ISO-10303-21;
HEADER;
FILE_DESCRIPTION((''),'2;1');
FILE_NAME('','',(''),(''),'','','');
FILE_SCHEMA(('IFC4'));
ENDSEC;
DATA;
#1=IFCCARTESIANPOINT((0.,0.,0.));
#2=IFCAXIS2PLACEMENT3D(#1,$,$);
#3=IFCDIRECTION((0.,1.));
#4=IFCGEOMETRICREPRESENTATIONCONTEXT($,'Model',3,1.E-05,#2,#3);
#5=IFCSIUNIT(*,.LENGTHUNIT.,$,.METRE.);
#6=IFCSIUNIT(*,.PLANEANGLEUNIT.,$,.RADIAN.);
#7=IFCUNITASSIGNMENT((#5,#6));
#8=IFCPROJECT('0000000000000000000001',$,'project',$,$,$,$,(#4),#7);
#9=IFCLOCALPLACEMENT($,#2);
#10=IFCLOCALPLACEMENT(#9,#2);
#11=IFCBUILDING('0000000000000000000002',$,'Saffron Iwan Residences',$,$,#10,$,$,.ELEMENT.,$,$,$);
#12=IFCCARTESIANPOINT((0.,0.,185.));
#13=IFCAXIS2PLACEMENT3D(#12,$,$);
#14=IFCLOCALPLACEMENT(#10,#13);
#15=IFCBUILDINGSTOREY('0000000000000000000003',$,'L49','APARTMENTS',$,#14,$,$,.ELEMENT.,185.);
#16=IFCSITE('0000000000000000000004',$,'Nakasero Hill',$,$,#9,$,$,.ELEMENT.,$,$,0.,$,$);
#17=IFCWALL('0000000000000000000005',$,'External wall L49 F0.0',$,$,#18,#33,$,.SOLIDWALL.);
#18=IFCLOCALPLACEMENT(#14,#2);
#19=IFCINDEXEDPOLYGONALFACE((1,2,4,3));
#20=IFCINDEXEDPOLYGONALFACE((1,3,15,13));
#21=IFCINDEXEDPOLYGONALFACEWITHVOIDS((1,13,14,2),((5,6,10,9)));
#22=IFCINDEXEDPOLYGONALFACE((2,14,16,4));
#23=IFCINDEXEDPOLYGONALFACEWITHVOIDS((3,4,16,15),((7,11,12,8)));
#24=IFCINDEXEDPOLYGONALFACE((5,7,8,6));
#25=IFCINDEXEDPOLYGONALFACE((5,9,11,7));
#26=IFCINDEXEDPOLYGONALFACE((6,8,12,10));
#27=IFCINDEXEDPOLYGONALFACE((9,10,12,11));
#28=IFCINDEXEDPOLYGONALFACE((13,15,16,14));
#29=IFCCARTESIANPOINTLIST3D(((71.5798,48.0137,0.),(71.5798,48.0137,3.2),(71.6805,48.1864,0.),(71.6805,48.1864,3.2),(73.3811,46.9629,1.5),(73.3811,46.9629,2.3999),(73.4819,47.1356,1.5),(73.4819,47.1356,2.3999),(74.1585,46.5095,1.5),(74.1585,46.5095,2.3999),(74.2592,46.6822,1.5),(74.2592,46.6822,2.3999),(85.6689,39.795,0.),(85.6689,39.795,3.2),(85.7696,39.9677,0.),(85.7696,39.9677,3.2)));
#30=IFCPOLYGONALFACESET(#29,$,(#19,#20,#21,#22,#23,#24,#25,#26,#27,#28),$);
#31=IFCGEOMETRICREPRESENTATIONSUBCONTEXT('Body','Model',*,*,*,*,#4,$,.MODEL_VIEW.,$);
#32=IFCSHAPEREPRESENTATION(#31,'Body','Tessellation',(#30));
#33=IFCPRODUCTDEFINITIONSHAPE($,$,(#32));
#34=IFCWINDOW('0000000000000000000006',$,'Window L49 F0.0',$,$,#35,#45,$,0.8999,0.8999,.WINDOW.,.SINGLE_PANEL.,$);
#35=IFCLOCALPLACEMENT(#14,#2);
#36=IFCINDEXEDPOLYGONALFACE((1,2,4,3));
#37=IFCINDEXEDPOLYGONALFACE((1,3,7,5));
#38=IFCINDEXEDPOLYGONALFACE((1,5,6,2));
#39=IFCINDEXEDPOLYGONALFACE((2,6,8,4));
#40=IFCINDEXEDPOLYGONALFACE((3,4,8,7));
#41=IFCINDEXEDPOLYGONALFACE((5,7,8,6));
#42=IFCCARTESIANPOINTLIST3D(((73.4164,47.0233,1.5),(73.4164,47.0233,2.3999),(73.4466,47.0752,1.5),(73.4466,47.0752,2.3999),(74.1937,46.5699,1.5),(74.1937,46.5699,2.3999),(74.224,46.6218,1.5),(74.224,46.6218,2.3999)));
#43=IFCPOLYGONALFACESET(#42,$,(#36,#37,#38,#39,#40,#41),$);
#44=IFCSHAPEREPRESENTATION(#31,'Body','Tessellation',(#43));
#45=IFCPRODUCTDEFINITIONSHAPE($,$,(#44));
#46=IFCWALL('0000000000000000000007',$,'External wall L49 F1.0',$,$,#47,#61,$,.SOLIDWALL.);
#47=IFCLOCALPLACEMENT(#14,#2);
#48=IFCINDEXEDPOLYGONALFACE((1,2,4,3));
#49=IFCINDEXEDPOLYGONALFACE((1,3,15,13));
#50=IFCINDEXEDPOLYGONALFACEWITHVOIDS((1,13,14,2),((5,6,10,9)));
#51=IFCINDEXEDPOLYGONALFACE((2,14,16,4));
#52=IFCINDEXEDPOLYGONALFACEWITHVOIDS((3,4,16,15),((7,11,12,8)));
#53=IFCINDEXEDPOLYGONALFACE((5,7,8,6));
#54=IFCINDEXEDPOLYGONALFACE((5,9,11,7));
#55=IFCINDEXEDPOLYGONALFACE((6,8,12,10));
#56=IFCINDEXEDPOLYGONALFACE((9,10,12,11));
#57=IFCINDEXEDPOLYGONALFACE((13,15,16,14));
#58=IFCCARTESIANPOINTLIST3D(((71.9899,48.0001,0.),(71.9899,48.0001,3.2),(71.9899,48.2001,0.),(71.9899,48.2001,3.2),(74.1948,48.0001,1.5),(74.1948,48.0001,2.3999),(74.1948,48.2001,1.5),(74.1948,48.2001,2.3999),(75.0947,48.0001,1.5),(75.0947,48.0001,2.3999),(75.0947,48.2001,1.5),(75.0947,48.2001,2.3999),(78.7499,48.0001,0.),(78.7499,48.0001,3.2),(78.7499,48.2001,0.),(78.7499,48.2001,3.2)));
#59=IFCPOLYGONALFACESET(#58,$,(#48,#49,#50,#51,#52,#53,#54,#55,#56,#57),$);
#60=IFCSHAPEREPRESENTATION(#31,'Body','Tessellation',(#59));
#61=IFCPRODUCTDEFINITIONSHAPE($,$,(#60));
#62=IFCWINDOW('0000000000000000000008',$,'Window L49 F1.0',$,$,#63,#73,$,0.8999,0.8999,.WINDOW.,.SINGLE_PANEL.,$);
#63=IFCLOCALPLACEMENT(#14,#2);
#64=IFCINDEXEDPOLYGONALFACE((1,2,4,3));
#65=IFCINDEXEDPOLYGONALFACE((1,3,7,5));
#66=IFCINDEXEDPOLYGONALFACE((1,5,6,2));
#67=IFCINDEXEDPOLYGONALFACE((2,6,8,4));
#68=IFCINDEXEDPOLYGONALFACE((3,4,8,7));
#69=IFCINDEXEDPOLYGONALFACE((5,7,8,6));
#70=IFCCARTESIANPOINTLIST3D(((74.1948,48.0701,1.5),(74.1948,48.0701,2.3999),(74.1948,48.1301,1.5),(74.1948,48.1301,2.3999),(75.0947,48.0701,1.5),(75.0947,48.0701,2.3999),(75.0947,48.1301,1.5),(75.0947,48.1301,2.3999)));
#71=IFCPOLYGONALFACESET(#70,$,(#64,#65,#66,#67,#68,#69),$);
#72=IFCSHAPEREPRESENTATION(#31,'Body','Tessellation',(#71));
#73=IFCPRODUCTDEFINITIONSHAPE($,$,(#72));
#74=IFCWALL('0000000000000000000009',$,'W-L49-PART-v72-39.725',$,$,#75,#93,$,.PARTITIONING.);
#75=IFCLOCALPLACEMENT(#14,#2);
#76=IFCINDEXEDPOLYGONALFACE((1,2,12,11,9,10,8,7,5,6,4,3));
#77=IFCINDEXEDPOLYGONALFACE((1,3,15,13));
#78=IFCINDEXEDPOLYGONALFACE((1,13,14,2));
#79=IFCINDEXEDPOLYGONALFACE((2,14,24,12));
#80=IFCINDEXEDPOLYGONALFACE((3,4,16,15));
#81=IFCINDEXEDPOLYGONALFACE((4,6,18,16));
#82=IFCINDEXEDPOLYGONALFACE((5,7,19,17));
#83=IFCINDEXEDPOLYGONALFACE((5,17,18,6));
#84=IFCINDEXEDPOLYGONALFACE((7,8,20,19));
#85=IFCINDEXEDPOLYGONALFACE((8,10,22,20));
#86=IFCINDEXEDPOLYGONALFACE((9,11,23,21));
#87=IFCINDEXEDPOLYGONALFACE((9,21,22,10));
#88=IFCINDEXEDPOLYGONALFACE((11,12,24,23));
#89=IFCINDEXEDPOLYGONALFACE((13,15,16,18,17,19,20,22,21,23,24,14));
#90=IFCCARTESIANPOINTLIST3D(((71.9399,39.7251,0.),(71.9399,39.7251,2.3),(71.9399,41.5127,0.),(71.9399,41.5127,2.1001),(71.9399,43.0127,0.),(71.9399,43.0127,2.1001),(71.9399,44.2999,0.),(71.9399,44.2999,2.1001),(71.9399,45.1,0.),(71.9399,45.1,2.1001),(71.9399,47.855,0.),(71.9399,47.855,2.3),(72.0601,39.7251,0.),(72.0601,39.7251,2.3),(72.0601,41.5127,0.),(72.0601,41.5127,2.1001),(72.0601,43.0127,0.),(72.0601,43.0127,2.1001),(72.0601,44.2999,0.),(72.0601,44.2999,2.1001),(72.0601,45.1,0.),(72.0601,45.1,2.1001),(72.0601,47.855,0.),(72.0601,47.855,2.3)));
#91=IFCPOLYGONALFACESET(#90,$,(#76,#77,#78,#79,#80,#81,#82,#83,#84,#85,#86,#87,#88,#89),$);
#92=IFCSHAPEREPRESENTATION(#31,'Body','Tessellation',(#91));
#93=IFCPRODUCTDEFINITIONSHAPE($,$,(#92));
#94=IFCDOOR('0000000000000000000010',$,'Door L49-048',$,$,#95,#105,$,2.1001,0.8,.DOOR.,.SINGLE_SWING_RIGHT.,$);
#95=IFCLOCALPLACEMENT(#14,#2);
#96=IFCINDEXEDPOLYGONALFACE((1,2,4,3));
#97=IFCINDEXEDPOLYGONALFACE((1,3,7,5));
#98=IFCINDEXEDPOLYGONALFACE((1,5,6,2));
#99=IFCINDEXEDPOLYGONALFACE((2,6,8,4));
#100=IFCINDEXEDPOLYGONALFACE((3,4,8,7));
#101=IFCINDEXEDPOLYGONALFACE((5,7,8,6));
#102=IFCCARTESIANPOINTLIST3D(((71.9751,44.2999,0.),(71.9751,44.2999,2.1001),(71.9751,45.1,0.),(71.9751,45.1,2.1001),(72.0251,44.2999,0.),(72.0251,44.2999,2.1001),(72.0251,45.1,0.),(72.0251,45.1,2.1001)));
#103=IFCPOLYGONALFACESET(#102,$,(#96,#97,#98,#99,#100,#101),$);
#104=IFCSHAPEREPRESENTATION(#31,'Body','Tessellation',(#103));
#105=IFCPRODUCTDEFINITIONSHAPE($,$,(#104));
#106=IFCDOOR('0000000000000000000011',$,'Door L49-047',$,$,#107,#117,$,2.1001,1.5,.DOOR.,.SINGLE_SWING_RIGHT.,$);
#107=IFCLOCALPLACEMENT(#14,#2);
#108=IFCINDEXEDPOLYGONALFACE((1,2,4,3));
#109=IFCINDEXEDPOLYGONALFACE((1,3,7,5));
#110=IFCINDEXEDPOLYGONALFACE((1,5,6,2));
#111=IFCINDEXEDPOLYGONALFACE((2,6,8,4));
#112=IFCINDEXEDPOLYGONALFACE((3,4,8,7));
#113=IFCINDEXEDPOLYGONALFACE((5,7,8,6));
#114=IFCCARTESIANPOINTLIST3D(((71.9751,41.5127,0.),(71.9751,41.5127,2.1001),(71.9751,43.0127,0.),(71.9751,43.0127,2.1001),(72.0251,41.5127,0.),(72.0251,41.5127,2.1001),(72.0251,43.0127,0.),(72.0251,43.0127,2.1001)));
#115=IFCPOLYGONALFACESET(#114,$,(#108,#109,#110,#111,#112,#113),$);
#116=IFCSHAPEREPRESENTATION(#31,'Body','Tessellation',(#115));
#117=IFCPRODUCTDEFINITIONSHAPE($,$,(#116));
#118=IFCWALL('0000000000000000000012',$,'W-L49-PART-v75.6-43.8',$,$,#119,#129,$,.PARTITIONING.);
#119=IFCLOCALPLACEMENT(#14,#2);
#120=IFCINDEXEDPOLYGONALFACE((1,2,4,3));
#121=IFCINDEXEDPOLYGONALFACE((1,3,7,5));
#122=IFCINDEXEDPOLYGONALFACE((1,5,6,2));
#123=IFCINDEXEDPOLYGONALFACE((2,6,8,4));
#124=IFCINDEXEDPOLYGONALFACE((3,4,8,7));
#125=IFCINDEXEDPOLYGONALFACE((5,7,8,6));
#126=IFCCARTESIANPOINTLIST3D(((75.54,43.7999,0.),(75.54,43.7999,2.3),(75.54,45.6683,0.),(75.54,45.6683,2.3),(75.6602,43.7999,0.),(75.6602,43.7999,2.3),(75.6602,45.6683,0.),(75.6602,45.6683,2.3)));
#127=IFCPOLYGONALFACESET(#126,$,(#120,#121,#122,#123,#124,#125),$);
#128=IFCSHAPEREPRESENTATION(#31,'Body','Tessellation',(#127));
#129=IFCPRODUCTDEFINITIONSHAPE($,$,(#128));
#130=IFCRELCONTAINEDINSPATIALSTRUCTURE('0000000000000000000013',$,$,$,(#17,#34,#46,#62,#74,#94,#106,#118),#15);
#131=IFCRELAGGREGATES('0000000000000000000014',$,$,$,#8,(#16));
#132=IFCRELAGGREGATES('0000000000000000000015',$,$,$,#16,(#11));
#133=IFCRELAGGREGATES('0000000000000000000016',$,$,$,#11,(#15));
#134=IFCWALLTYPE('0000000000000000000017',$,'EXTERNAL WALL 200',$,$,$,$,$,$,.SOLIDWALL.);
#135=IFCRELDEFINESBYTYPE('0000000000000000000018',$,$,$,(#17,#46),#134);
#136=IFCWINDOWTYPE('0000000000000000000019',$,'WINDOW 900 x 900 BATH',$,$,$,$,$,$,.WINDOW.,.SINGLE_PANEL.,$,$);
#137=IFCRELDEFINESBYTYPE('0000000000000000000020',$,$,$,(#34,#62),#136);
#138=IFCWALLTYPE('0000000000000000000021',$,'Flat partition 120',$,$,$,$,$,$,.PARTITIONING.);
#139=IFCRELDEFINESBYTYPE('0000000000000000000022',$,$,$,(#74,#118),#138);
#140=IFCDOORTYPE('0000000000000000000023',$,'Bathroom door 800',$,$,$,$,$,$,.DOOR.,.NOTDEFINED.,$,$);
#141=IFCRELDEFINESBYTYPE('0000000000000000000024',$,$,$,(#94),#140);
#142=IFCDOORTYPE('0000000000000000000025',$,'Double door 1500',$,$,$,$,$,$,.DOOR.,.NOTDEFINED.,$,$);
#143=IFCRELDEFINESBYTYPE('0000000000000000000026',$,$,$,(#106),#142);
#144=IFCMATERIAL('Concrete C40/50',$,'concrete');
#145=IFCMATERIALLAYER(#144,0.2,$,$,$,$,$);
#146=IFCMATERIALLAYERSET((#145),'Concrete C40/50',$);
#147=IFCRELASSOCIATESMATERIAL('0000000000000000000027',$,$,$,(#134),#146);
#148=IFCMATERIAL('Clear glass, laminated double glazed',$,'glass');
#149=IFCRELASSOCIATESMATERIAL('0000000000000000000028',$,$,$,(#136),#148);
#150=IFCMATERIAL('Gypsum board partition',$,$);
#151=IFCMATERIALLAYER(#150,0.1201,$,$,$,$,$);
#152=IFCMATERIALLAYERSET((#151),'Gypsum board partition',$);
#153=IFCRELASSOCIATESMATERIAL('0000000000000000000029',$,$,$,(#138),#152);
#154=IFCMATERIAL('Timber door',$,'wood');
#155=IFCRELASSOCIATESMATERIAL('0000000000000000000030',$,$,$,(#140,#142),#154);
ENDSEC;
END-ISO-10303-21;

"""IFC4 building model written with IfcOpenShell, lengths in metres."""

from ifc_helpers import new_model, si_unit, direction, frame, frame_2d, origin, place, context, subcontext, project, spatial, rectangle, extrude, material, layer, layer_set, type_object, element, fill, save


model = new_model("IFC4")

# Units and contexts
model_context = context("Model", 3, precision=1e-05, world=origin(), true_north=direction((0.0, 1.0)))
body_context = subcontext(model_context, "Body", "Model", "MODEL_VIEW")
ifc_project = project(units=[si_unit("LENGTHUNIT", "METRE"), si_unit("PLANEANGLEUNIT", "RADIAN")], contexts=[model_context])

# Site, building, storey
site_placement = place(None, origin())
site = spatial("IfcSite", under=ifc_project, at=site_placement, Name="Nakasero Hill", CompositionType="ELEMENT", RefElevation=0.0)
building_placement = place(site_placement, origin())
building = spatial("IfcBuilding", under=site, at=building_placement, Name="Saffron Iwan Residences", CompositionType="ELEMENT")
storey_placement = place(building_placement, frame((0.0, 0.0, 185.0)))
storey = spatial("IfcBuildingStorey", under=building, at=storey_placement, Name="L49", Description="APARTMENTS", CompositionType="ELEMENT", Elevation=185.0)

# Walls, openings, windows
ifc_material_1 = material(Name="Concrete C40/50", Category="concrete")
ifc_layer_1 = layer(ifc_material_1, 0.2)
ifc_layer_set_1 = layer_set([ifc_layer_1], Name="Concrete C40/50")
wall_type_1 = type_object("IfcWallType", Name="EXTERNAL WALL 200", PredefinedType="SOLIDWALL", material=ifc_layer_set_1)
wall_1_placement = place(storey_placement, frame((85.7192, 39.8813, 0.0), z_axis=(0.0, 0.0, 1.0), x_axis=(-0.863776, 0.503876, 0.0)))
wall_1 = element("IfcWall", 1, at=wall_1_placement, inside=storey, type_object=wall_type_1, Name="External wall L49 F0.0", PredefinedType="SOLIDWALL", context=body_context, shape_type="SweptSolid", body=[
    extrude(rectangle(XDim=16.311, YDim=0.2, at=frame_2d((8.1555, 0.0))), origin(), (0.0, 0.0, 1.0), 3.2),
])
opening_1_placement = place(wall_1_placement, frame((13.3257, 0.0, 1.5)))
opening_1 = element("IfcOpeningElement", 2, at=opening_1_placement, cuts=wall_1, PredefinedType="OPENING", context=body_context, shape_type="SweptSolid", body=[
    extrude(rectangle(XDim=0.8999, YDim=0.8999, at=frame_2d((0.45, 0.45))), frame((0.0, 0.1099, 0.0), z_axis=(0.0, -1.0, 0.0), x_axis=(1.0, 0.0, 0.0)), (0.0, 0.0, 1.0), 0.22),
])
ifc_material_2 = material(Name="Clear glass, laminated double glazed", Category="glass")
window_type = type_object("IfcWindowType", Name="WINDOW 900 x 900 BATH", PartitioningType="SINGLE_PANEL", PredefinedType="WINDOW", material=ifc_material_2)
window_1_placement = place(opening_1_placement, origin())
window_1 = element("IfcWindow", 3, at=window_1_placement, inside=storey, type_object=window_type, Name="Window L49 F0.0", OverallHeight=0.8999, OverallWidth=0.8999, PartitioningType="SINGLE_PANEL", PredefinedType="WINDOW", context=body_context, shape_type="SweptSolid", body=[
    extrude(rectangle(XDim=0.8999, YDim=0.8999, at=frame_2d((0.45, 0.45))), frame((0.0, 0.03, 0.0), z_axis=(0.0, -1.0, 0.0), x_axis=(1.0, 0.0, 0.0)), (0.0, 0.0, 1.0), 0.0601),
])
fill(opening_1, window_1)
wall_2_placement = place(storey_placement, frame((71.99, 48.1001, 0.0), z_axis=(0.0, 0.0, 1.0), x_axis=(1.0, 0.0, 0.0)))
wall_2 = element("IfcWall", 4, at=wall_2_placement, inside=storey, type_object=wall_type_1, Name="External wall L49 F1.0", PredefinedType="SOLIDWALL", context=body_context, shape_type="SweptSolid", body=[
    extrude(rectangle(XDim=6.76, YDim=0.2, at=frame_2d((3.3799, 0.0))), origin(), (0.0, 0.0, 1.0), 3.2),
])
opening_2_placement = place(wall_2_placement, frame((2.2048, 0.0, 1.5)))
opening_2 = element("IfcOpeningElement", 5, at=opening_2_placement, cuts=wall_2, PredefinedType="OPENING", context=body_context, shape_type="SweptSolid", body=[
    extrude(rectangle(XDim=0.8999, YDim=0.8999, at=frame_2d((0.45, 0.45))), frame((0.0, 0.1099, 0.0), z_axis=(0.0, -1.0, 0.0), x_axis=(1.0, 0.0, 0.0)), (0.0, 0.0, 1.0), 0.22),
])
window_2_placement = place(opening_2_placement, origin())
window_2 = element("IfcWindow", 6, at=window_2_placement, inside=storey, type_object=window_type, Name="Window L49 F1.0", OverallHeight=0.8999, OverallWidth=0.8999, PartitioningType="SINGLE_PANEL", PredefinedType="WINDOW", context=body_context, shape_type="SweptSolid", body=[
    extrude(rectangle(XDim=0.8999, YDim=0.8999, at=frame_2d((0.45, 0.45))), frame((0.0, 0.03, 0.0), z_axis=(0.0, -1.0, 0.0), x_axis=(1.0, 0.0, 0.0)), (0.0, 0.0, 1.0), 0.0601),
])
fill(opening_2, window_2)

# Wall, openings, doors
ifc_material_3 = material(Name="Gypsum board partition")
ifc_layer_2 = layer(ifc_material_3, 0.1201)
ifc_layer_set_2 = layer_set([ifc_layer_2], Name="Gypsum board partition")
wall_type_2 = type_object("IfcWallType", Name="Flat partition 120", PredefinedType="PARTITIONING", material=ifc_layer_set_2)
wall_3_placement = place(storey_placement, frame((72.0, 39.7251, 0.0), z_axis=(0.0, 0.0, 1.0), x_axis=(0.0, 1.0, 0.0)))
wall_3 = element("IfcWall", 7, at=wall_3_placement, inside=storey, type_object=wall_type_2, Name="W-L49-PART-v72-39.725", PredefinedType="PARTITIONING", context=body_context, shape_type="SweptSolid", body=[
    extrude(rectangle(XDim=8.1299, YDim=0.1201, at=frame_2d((4.0649, 0.0))), origin(), (0.0, 0.0, 1.0), 2.3),
])
opening_3_placement = place(wall_3_placement, frame((1.7876, 0.0, 0.0)))
opening_3 = element("IfcOpeningElement", 8, at=opening_3_placement, cuts=wall_3, PredefinedType="OPENING", context=body_context, shape_type="SweptSolid", body=[
    extrude(rectangle(XDim=1.5, YDim=2.1001, at=frame_2d((0.75, 1.05))), frame((0.0, 0.0701, 0.0), z_axis=(0.0, -1.0, 0.0), x_axis=(1.0, 0.0, 0.0)), (0.0, 0.0, 1.0), 0.1401),
])
opening_4_placement = place(wall_3_placement, frame((4.575, 0.0, 0.0)))
opening_4 = element("IfcOpeningElement", 9, at=opening_4_placement, cuts=wall_3, PredefinedType="OPENING", context=body_context, shape_type="SweptSolid", body=[
    extrude(rectangle(XDim=0.8, YDim=2.1001, at=frame_2d((0.3999, 1.05))), frame((0.0, 0.0701, 0.0), z_axis=(0.0, -1.0, 0.0), x_axis=(1.0, 0.0, 0.0)), (0.0, 0.0, 1.0), 0.1401),
])
ifc_material_4 = material(Name="Timber door", Category="wood")
door_type_1 = type_object("IfcDoorType", Name="Bathroom door 800", OperationType="NOTDEFINED", PredefinedType="DOOR", material=ifc_material_4)
door_1_placement = place(opening_4_placement, origin())
door_1 = element("IfcDoor", 10, at=door_1_placement, inside=storey, type_object=door_type_1, Name="Door L49-048", OperationType="SINGLE_SWING_RIGHT", OverallHeight=2.1001, OverallWidth=0.8, PredefinedType="DOOR", context=body_context, shape_type="SweptSolid", body=[
    extrude(rectangle(XDim=0.8, YDim=2.1001, at=frame_2d((0.3999, 1.05))), frame((0.0, 0.0249, 0.0), z_axis=(0.0, -1.0, 0.0), x_axis=(1.0, 0.0, 0.0)), (0.0, 0.0, 1.0), 0.05),
])
fill(opening_4, door_1)
door_type_2 = type_object("IfcDoorType", Name="Double door 1500", OperationType="NOTDEFINED", PredefinedType="DOOR", material=ifc_material_4)
door_2_placement = place(opening_3_placement, origin())
door_2 = element("IfcDoor", 11, at=door_2_placement, inside=storey, type_object=door_type_2, Name="Door L49-047", OperationType="SINGLE_SWING_RIGHT", OverallHeight=2.1001, OverallWidth=1.5, PredefinedType="DOOR", context=body_context, shape_type="SweptSolid", body=[
    extrude(rectangle(XDim=1.5, YDim=2.1001, at=frame_2d((0.75, 1.05))), frame((0.0, 0.0249, 0.0), z_axis=(0.0, -1.0, 0.0), x_axis=(1.0, 0.0, 0.0)), (0.0, 0.0, 1.0), 0.05),
])
fill(opening_3, door_2)

# Wall
wall_4_placement = place(storey_placement, frame((75.6001, 43.8, 0.0), z_axis=(0.0, 0.0, 1.0), x_axis=(0.0, 1.0, 0.0)))
element("IfcWall", 12, at=wall_4_placement, inside=storey, type_object=wall_type_2, Name="W-L49-PART-v75.6-43.8", PredefinedType="PARTITIONING", context=body_context, shape_type="SweptSolid", body=[
    extrude(rectangle(XDim=1.8684, YDim=0.1201, at=frame_2d((0.9341, 0.0))), origin(), (0.0, 0.0, 1.0), 2.3),
])

save(model, "model.ifc")
